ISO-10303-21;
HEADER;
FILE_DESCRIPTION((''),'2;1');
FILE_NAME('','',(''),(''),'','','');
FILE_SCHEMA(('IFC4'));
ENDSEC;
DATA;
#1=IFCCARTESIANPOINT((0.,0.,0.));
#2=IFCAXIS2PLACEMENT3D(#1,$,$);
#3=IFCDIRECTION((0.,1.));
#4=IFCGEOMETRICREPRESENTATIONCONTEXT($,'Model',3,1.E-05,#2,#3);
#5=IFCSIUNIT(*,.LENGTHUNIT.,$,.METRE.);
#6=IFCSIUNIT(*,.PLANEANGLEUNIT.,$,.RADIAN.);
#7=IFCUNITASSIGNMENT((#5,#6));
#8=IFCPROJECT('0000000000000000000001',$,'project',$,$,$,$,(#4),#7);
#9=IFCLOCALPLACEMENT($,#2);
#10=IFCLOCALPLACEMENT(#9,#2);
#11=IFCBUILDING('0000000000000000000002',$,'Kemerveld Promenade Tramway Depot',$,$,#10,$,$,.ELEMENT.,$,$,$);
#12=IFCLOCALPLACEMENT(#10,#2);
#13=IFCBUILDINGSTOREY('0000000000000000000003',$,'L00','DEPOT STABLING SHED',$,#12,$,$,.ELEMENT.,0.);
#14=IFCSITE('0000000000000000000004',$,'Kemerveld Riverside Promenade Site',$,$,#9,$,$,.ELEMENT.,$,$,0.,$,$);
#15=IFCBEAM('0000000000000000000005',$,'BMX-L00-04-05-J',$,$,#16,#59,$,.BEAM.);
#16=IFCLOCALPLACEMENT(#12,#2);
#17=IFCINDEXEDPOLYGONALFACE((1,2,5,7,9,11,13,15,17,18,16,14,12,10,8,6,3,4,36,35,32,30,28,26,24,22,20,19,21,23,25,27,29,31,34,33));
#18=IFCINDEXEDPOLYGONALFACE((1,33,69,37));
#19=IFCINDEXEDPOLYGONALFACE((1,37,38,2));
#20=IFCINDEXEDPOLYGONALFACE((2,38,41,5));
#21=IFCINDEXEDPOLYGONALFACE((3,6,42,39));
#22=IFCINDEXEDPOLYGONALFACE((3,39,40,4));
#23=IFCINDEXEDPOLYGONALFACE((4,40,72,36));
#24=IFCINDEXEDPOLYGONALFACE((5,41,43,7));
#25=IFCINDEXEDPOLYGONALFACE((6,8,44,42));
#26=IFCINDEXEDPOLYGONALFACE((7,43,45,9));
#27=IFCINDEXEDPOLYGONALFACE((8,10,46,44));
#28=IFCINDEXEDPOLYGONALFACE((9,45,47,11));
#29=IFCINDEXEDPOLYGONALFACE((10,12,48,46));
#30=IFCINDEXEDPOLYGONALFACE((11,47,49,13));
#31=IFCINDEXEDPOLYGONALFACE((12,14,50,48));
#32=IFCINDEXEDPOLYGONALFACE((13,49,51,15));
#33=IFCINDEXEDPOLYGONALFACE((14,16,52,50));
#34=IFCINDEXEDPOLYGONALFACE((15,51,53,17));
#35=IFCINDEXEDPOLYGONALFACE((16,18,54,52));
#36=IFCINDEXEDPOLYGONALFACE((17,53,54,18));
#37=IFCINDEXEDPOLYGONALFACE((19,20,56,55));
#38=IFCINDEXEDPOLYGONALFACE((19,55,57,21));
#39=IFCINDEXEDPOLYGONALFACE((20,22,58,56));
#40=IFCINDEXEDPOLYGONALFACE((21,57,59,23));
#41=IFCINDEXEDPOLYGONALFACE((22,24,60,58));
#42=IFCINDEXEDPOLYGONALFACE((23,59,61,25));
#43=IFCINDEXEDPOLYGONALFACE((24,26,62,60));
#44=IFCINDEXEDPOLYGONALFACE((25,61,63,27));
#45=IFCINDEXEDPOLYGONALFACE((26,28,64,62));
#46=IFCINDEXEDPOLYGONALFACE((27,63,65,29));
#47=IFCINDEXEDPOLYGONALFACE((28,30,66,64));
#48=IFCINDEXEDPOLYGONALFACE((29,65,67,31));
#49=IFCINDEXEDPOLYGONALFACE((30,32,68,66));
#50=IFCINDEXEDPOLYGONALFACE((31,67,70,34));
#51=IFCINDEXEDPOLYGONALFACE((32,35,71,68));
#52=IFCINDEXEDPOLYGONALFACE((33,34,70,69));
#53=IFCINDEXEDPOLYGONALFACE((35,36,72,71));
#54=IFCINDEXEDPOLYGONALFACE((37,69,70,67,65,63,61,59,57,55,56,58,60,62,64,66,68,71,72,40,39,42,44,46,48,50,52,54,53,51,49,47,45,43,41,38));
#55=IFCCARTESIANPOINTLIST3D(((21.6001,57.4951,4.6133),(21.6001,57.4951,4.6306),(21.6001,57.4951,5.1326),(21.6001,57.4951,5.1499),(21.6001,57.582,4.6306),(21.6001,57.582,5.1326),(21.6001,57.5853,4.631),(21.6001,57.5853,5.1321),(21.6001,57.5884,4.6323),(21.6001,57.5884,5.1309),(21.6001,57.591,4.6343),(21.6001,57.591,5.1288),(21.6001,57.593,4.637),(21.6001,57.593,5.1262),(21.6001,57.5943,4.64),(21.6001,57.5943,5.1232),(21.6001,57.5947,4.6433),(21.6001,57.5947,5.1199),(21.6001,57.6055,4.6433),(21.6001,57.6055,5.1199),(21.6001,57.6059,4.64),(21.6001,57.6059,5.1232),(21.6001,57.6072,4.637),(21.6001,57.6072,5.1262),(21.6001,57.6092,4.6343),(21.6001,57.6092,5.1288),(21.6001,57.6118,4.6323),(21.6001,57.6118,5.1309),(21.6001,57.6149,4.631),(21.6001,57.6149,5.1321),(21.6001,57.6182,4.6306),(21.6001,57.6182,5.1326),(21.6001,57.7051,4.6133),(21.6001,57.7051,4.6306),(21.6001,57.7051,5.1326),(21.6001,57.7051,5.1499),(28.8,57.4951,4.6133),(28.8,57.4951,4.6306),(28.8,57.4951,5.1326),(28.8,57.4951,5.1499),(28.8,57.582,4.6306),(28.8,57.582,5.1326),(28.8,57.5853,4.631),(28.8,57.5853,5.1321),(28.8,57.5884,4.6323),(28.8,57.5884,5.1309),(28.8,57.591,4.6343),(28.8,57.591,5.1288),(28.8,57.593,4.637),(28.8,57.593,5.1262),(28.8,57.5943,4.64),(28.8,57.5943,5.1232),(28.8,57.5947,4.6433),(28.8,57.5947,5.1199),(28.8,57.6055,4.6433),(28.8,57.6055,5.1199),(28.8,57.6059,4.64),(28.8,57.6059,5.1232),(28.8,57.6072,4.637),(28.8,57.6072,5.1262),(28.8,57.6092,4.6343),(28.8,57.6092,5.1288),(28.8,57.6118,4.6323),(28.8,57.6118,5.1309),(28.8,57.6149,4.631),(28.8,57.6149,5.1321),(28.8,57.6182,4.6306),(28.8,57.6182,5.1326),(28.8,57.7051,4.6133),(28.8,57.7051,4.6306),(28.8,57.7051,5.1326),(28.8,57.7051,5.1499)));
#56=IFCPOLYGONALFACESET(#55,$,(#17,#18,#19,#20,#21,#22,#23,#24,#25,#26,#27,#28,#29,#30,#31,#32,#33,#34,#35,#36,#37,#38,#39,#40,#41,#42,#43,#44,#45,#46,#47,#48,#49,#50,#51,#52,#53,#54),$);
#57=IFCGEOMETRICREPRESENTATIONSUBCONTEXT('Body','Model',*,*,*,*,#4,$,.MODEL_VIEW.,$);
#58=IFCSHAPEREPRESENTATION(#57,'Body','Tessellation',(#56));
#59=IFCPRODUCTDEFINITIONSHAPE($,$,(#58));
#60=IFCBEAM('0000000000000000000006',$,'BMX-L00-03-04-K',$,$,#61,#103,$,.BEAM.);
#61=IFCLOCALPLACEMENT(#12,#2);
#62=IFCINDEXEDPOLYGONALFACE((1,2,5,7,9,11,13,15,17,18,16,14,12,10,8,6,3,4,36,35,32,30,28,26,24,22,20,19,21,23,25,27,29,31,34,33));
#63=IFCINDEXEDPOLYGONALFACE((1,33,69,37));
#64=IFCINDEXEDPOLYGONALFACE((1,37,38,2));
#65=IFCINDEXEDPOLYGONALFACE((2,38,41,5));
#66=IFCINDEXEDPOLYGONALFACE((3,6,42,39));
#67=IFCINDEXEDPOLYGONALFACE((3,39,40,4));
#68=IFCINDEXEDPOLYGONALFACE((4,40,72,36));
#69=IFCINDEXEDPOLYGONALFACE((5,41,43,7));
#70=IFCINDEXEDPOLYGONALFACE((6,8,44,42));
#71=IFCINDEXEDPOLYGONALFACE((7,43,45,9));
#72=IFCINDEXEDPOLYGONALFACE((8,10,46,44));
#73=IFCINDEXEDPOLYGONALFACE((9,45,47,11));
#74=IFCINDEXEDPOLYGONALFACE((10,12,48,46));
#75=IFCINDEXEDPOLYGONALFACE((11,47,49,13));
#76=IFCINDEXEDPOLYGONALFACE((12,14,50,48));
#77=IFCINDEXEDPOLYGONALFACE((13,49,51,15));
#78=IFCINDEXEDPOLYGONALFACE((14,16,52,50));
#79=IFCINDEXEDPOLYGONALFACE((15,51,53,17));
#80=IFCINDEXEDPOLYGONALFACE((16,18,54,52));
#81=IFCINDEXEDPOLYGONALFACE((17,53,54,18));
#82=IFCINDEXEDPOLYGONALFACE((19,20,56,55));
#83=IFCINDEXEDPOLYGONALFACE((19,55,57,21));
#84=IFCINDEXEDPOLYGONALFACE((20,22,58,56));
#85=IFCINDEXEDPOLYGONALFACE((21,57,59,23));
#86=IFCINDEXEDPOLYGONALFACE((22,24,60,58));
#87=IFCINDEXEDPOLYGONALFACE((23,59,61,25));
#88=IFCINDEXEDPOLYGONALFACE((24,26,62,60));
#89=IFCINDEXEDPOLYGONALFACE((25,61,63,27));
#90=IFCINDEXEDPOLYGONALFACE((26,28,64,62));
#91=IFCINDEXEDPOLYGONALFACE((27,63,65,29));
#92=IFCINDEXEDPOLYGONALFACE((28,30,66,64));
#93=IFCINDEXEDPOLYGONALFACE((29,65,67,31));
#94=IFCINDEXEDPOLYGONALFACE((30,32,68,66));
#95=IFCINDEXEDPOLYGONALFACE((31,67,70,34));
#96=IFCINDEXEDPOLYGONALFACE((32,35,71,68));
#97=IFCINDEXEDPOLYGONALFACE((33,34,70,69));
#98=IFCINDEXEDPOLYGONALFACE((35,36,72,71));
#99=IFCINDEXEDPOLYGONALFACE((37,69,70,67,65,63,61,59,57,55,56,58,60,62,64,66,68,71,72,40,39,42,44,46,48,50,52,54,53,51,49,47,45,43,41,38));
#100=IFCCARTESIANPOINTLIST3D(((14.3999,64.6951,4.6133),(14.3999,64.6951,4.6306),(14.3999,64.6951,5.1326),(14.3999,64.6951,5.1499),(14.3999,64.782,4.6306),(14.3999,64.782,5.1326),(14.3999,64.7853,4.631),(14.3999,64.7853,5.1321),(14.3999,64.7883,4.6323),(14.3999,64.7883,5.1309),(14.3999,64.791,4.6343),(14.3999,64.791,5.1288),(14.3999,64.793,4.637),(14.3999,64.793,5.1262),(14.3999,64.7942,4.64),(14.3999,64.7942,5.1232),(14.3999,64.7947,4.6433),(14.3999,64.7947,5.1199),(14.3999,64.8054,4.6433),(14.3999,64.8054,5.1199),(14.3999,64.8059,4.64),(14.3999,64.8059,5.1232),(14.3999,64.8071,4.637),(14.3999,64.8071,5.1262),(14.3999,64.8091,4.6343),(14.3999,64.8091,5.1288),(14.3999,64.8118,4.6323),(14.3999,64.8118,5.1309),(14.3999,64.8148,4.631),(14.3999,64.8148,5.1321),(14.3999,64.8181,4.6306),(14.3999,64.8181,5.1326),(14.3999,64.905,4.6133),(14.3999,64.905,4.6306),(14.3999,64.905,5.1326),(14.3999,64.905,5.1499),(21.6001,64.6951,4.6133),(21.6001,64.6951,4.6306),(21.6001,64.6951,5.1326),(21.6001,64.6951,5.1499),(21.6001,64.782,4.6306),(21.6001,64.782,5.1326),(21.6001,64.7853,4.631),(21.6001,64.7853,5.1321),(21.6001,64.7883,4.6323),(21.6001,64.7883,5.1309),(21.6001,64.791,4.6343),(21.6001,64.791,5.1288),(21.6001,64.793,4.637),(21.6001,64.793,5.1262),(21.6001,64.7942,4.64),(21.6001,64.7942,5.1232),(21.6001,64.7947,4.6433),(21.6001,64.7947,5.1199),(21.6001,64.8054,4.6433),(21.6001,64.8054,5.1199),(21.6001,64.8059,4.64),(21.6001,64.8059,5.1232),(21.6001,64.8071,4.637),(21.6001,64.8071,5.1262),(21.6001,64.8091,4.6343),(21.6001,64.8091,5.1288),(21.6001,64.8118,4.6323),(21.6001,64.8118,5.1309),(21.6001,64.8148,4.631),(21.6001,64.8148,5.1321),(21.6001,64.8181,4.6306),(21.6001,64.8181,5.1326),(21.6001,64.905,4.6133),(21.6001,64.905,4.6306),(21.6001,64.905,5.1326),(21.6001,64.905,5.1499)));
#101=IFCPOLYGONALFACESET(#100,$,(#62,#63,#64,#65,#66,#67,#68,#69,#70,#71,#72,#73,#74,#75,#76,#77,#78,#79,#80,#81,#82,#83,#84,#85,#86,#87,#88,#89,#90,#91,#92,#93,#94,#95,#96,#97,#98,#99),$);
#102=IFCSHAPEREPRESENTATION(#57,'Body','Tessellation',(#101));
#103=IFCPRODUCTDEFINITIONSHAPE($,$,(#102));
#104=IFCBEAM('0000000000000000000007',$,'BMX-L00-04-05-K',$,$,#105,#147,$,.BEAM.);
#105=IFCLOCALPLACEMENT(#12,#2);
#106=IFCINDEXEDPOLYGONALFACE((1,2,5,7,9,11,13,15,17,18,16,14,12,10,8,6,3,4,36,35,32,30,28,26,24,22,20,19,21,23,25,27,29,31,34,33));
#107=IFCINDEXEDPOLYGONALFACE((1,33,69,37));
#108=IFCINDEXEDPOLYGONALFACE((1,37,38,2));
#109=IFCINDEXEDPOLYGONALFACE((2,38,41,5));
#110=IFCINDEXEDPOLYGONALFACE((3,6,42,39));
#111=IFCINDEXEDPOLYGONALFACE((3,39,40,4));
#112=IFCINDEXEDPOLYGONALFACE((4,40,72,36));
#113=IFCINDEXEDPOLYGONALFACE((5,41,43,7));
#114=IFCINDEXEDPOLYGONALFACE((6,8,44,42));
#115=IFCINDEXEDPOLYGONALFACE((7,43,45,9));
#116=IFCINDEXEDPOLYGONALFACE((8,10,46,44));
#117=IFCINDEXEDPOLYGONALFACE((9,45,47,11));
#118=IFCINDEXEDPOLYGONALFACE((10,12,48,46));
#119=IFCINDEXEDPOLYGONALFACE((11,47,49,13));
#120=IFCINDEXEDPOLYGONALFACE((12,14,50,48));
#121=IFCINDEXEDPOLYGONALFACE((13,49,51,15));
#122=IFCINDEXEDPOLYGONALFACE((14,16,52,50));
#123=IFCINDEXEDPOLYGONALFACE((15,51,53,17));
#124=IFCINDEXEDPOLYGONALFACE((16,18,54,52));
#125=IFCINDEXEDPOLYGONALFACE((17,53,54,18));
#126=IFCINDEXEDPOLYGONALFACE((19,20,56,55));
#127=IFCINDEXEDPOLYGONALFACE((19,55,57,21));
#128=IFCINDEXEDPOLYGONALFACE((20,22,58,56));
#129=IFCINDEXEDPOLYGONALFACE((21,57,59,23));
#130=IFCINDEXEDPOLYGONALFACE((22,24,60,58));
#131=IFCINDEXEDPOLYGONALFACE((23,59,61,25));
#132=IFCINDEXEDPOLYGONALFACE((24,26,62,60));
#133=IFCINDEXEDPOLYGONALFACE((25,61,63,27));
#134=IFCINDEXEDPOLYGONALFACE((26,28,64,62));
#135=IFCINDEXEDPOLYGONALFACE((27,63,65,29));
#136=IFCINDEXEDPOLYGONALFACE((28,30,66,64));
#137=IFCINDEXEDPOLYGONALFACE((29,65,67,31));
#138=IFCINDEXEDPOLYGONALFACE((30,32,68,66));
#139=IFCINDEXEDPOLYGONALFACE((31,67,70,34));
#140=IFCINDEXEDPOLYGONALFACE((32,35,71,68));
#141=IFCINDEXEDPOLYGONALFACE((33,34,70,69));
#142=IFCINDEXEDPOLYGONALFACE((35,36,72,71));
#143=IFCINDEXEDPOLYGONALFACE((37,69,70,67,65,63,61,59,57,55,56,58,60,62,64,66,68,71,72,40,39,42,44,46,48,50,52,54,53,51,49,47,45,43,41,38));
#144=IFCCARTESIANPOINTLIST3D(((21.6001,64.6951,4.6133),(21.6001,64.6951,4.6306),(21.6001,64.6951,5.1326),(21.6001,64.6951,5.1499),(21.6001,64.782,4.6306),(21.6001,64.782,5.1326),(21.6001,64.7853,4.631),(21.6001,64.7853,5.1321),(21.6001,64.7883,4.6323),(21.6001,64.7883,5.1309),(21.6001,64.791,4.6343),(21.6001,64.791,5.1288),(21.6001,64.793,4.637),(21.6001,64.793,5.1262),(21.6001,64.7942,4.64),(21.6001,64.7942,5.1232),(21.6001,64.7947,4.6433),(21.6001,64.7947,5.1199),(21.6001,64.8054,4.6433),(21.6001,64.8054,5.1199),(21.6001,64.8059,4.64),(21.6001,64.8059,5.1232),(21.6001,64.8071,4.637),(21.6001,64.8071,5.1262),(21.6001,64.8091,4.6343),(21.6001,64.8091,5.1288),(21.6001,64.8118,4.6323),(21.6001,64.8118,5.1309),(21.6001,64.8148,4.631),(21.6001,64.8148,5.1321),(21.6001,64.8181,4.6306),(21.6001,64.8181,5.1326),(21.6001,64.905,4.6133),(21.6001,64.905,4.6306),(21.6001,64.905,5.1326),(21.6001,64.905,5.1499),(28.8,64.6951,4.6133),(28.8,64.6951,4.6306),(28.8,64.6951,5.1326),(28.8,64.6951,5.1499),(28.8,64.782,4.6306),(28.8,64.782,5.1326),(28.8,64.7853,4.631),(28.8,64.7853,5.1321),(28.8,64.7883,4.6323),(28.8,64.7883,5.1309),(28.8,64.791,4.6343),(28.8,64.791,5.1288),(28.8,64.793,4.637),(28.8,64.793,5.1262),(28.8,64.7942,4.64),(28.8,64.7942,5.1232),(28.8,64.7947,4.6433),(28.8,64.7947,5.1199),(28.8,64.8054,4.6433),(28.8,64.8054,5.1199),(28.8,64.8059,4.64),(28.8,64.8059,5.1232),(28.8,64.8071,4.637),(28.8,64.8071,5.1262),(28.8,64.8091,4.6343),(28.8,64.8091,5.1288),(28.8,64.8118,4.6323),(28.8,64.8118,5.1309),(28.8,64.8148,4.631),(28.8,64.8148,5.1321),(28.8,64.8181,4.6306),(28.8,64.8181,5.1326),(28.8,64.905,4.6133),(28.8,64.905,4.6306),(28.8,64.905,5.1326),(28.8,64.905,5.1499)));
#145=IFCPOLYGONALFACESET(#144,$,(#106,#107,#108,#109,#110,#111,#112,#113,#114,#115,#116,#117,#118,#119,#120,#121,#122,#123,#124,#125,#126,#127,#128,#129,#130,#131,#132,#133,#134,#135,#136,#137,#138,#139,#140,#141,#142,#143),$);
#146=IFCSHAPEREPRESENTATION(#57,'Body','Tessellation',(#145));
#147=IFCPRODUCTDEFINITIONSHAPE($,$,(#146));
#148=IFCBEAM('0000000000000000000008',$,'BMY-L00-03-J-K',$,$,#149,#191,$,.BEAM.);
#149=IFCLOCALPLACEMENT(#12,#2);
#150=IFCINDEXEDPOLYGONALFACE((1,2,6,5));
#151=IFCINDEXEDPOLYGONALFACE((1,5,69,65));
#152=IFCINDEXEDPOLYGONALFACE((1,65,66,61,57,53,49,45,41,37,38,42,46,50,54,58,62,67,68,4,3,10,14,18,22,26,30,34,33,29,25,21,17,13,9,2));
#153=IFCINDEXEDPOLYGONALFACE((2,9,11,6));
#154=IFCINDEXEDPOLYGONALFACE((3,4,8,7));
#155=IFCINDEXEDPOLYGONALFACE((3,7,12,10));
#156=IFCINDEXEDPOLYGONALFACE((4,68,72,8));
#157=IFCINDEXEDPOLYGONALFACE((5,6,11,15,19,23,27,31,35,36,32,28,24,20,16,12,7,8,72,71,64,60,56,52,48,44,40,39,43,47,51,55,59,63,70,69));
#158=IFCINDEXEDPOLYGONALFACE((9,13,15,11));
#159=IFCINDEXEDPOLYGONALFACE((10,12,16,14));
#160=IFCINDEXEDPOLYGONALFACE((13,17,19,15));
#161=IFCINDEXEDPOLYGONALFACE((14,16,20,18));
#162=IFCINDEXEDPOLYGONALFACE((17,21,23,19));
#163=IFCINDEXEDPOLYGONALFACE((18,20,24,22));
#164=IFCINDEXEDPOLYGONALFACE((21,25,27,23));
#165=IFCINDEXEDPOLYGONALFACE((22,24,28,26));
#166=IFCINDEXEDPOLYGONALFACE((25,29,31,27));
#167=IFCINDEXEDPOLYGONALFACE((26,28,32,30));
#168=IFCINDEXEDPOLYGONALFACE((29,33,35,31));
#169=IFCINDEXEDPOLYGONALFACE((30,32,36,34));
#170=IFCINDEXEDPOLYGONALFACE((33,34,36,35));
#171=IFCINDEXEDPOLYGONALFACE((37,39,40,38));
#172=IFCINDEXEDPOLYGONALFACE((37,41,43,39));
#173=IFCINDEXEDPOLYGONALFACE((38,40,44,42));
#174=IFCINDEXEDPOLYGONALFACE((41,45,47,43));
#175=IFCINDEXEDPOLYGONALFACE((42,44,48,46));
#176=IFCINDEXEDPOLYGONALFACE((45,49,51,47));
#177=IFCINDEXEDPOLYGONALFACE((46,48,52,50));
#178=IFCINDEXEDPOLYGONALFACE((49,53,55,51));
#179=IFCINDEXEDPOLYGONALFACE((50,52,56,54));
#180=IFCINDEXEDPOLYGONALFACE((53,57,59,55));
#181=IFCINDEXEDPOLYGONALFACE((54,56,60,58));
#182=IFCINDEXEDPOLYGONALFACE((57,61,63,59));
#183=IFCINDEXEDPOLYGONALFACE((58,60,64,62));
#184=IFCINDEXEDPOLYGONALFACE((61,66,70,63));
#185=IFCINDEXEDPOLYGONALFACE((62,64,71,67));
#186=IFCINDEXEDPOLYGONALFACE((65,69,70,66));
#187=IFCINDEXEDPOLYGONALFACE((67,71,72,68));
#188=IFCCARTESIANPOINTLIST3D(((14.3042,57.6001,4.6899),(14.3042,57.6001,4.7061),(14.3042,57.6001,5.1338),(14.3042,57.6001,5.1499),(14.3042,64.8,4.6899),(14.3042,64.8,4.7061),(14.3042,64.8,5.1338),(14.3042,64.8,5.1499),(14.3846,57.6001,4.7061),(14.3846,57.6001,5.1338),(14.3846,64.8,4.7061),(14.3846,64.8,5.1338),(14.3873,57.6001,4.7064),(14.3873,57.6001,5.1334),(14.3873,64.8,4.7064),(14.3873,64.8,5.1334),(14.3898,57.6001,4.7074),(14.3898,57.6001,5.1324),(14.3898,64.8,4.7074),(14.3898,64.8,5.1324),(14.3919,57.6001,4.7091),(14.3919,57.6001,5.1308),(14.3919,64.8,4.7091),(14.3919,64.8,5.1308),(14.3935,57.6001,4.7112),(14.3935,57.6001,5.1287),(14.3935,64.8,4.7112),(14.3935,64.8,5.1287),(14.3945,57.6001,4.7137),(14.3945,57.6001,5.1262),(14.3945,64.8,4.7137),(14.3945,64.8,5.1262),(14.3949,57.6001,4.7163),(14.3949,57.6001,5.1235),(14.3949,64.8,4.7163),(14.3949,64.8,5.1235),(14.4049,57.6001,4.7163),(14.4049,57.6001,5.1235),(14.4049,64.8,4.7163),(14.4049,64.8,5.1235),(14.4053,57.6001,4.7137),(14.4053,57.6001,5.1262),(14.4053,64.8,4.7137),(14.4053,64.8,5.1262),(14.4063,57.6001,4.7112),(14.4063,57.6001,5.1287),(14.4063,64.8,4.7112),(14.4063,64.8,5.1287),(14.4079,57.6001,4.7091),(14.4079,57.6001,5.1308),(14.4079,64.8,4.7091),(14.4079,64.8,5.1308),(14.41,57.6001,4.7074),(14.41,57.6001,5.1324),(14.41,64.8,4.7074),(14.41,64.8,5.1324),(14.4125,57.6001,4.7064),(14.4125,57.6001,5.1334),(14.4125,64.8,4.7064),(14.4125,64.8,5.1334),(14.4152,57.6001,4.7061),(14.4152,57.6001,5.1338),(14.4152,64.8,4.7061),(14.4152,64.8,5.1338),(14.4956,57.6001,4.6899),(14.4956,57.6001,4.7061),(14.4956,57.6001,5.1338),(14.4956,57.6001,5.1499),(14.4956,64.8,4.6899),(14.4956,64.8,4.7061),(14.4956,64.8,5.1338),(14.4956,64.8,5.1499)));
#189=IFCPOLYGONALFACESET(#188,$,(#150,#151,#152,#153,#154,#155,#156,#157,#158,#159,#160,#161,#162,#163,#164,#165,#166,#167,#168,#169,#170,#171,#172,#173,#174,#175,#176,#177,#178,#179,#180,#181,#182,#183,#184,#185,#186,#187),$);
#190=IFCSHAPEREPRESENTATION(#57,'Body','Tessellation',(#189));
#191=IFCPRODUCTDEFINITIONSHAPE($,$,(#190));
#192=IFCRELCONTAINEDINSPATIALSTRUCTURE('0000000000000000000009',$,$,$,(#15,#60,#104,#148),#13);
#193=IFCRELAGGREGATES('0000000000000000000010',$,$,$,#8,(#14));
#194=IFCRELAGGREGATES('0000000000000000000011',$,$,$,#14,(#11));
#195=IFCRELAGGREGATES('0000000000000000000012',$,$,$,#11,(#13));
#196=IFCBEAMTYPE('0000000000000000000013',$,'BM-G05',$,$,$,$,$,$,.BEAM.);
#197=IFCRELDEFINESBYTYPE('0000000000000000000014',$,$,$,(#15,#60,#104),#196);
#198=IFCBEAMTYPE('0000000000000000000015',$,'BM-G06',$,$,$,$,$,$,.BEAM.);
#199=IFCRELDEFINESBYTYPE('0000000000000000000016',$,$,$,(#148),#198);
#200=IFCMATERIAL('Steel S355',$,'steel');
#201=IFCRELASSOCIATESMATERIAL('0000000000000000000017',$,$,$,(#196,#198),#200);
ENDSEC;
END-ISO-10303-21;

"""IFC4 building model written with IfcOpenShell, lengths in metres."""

from ifc_helpers import new_model, si_unit, direction, frame, origin, origin_2d, place, context, subcontext, project, spatial, i_section, extrude, material, material_profile, profile_set, type_object, element, save


model = new_model("IFC4")

# Units and contexts
model_context = context("Model", 3, precision=1e-05, world=origin(), true_north=direction((0.0, 1.0)))
body_context = subcontext(model_context, "Body", "Model", "MODEL_VIEW")
ifc_project = project(units=[si_unit("LENGTHUNIT", "METRE"), si_unit("PLANEANGLEUNIT", "RADIAN")], contexts=[model_context])

# Site, building, storey
site_placement = place(None, origin())
site = spatial("IfcSite", under=ifc_project, at=site_placement, Name="Kemerveld Riverside Promenade Site", CompositionType="ELEMENT", RefElevation=0.0)
building_placement = place(site_placement, origin())
building = spatial("IfcBuilding", under=site, at=building_placement, Name="Kemerveld Promenade Tramway Depot", CompositionType="ELEMENT")
storey_placement = place(building_placement, origin())
storey = spatial("IfcBuildingStorey", under=building, at=storey_placement, Name="L00", Description="DEPOT STABLING SHED", CompositionType="ELEMENT", Elevation=0.0)

# Shared definitions
ifc_material_1 = material(Name="Steel S355", Category="steel")

# Beams
ifc_material_profile_1 = material_profile(ifc_material_1, i_section(OverallWidth=0.21, OverallDepth=0.5366, WebThickness=0.0107, FlangeThickness=0.0173, FilletRadius=0.0127, at=origin_2d()), Name="533x210x101 UB")
ifc_profile_set_1 = profile_set([ifc_material_profile_1], Name="Steel S355")
beam_type_1 = type_object("IfcBeamType", Name="BM-G05", PredefinedType="BEAM", material=ifc_profile_set_1)
beam_1_placement = place(storey_placement, frame((21.6001, 57.6001, 4.8816), z_axis=(1.0, 0.0, 0.0), x_axis=(0.0, 1.0, 0.0)))
element("IfcBeam", 1, at=beam_1_placement, inside=storey, type_object=beam_type_1, Name="BMX-L00-04-05-J", PredefinedType="BEAM", context=body_context, shape_type="SweptSolid", body=[
    extrude(i_section(OverallWidth=0.21, OverallDepth=0.5366, WebThickness=0.0107, FlangeThickness=0.0173, FilletRadius=0.0127, at=origin_2d()), origin(), (0.0, 0.0, 1.0), 7.2),
])
beam_2_placement = place(storey_placement, frame((14.3999, 64.8, 4.8816), z_axis=(1.0, 0.0, 0.0), x_axis=(0.0, 1.0, 0.0)))
element("IfcBeam", 2, at=beam_2_placement, inside=storey, type_object=beam_type_1, Name="BMX-L00-03-04-K", PredefinedType="BEAM", context=body_context, shape_type="SweptSolid", body=[
    extrude(i_section(OverallWidth=0.21, OverallDepth=0.5366, WebThickness=0.0107, FlangeThickness=0.0173, FilletRadius=0.0127, at=origin_2d()), origin(), (0.0, 0.0, 1.0), 7.2002),
])
beam_3_placement = place(storey_placement, frame((21.6001, 64.8, 4.8816), z_axis=(1.0, 0.0, 0.0), x_axis=(0.0, 1.0, 0.0)))
element("IfcBeam", 3, at=beam_3_placement, inside=storey, type_object=beam_type_1, Name="BMX-L00-04-05-K", PredefinedType="BEAM", context=body_context, shape_type="SweptSolid", body=[
    extrude(i_section(OverallWidth=0.21, OverallDepth=0.5366, WebThickness=0.0107, FlangeThickness=0.0173, FilletRadius=0.0127, at=origin_2d()), origin(), (0.0, 0.0, 1.0), 7.2),
])
ifc_material_profile_2 = material_profile(ifc_material_1, i_section(OverallWidth=0.1914, OverallDepth=0.46, WebThickness=0.01, FlangeThickness=0.0161, FilletRadius=0.0103, at=origin_2d()), Name="457x191x82 UB")
ifc_profile_set_2 = profile_set([ifc_material_profile_2], Name="Steel S355")
beam_type_2 = type_object("IfcBeamType", Name="BM-G06", PredefinedType="BEAM", material=ifc_profile_set_2)
for number, where, z_axis, x_axis, name in (
    (4, (14.3999, 57.6001, 4.9199), (0.0, 1.0, 0.0), (-1.0, 0.0, 0.0), "BMY-L00-03-J-K"),
):
    element("IfcBeam", number, at=place(storey_placement, frame(where, z_axis=z_axis, x_axis=x_axis)), inside=storey, type_object=beam_type_2, Name=name, PredefinedType="BEAM", context=body_context, shape_type="SweptSolid", body=[
        extrude(i_section(OverallWidth=0.1914, OverallDepth=0.46, WebThickness=0.01, FlangeThickness=0.0161, FilletRadius=0.0103, at=origin_2d()), origin(), (0.0, 0.0, 1.0), 7.2),
    ])

save(model, "model.ifc")
